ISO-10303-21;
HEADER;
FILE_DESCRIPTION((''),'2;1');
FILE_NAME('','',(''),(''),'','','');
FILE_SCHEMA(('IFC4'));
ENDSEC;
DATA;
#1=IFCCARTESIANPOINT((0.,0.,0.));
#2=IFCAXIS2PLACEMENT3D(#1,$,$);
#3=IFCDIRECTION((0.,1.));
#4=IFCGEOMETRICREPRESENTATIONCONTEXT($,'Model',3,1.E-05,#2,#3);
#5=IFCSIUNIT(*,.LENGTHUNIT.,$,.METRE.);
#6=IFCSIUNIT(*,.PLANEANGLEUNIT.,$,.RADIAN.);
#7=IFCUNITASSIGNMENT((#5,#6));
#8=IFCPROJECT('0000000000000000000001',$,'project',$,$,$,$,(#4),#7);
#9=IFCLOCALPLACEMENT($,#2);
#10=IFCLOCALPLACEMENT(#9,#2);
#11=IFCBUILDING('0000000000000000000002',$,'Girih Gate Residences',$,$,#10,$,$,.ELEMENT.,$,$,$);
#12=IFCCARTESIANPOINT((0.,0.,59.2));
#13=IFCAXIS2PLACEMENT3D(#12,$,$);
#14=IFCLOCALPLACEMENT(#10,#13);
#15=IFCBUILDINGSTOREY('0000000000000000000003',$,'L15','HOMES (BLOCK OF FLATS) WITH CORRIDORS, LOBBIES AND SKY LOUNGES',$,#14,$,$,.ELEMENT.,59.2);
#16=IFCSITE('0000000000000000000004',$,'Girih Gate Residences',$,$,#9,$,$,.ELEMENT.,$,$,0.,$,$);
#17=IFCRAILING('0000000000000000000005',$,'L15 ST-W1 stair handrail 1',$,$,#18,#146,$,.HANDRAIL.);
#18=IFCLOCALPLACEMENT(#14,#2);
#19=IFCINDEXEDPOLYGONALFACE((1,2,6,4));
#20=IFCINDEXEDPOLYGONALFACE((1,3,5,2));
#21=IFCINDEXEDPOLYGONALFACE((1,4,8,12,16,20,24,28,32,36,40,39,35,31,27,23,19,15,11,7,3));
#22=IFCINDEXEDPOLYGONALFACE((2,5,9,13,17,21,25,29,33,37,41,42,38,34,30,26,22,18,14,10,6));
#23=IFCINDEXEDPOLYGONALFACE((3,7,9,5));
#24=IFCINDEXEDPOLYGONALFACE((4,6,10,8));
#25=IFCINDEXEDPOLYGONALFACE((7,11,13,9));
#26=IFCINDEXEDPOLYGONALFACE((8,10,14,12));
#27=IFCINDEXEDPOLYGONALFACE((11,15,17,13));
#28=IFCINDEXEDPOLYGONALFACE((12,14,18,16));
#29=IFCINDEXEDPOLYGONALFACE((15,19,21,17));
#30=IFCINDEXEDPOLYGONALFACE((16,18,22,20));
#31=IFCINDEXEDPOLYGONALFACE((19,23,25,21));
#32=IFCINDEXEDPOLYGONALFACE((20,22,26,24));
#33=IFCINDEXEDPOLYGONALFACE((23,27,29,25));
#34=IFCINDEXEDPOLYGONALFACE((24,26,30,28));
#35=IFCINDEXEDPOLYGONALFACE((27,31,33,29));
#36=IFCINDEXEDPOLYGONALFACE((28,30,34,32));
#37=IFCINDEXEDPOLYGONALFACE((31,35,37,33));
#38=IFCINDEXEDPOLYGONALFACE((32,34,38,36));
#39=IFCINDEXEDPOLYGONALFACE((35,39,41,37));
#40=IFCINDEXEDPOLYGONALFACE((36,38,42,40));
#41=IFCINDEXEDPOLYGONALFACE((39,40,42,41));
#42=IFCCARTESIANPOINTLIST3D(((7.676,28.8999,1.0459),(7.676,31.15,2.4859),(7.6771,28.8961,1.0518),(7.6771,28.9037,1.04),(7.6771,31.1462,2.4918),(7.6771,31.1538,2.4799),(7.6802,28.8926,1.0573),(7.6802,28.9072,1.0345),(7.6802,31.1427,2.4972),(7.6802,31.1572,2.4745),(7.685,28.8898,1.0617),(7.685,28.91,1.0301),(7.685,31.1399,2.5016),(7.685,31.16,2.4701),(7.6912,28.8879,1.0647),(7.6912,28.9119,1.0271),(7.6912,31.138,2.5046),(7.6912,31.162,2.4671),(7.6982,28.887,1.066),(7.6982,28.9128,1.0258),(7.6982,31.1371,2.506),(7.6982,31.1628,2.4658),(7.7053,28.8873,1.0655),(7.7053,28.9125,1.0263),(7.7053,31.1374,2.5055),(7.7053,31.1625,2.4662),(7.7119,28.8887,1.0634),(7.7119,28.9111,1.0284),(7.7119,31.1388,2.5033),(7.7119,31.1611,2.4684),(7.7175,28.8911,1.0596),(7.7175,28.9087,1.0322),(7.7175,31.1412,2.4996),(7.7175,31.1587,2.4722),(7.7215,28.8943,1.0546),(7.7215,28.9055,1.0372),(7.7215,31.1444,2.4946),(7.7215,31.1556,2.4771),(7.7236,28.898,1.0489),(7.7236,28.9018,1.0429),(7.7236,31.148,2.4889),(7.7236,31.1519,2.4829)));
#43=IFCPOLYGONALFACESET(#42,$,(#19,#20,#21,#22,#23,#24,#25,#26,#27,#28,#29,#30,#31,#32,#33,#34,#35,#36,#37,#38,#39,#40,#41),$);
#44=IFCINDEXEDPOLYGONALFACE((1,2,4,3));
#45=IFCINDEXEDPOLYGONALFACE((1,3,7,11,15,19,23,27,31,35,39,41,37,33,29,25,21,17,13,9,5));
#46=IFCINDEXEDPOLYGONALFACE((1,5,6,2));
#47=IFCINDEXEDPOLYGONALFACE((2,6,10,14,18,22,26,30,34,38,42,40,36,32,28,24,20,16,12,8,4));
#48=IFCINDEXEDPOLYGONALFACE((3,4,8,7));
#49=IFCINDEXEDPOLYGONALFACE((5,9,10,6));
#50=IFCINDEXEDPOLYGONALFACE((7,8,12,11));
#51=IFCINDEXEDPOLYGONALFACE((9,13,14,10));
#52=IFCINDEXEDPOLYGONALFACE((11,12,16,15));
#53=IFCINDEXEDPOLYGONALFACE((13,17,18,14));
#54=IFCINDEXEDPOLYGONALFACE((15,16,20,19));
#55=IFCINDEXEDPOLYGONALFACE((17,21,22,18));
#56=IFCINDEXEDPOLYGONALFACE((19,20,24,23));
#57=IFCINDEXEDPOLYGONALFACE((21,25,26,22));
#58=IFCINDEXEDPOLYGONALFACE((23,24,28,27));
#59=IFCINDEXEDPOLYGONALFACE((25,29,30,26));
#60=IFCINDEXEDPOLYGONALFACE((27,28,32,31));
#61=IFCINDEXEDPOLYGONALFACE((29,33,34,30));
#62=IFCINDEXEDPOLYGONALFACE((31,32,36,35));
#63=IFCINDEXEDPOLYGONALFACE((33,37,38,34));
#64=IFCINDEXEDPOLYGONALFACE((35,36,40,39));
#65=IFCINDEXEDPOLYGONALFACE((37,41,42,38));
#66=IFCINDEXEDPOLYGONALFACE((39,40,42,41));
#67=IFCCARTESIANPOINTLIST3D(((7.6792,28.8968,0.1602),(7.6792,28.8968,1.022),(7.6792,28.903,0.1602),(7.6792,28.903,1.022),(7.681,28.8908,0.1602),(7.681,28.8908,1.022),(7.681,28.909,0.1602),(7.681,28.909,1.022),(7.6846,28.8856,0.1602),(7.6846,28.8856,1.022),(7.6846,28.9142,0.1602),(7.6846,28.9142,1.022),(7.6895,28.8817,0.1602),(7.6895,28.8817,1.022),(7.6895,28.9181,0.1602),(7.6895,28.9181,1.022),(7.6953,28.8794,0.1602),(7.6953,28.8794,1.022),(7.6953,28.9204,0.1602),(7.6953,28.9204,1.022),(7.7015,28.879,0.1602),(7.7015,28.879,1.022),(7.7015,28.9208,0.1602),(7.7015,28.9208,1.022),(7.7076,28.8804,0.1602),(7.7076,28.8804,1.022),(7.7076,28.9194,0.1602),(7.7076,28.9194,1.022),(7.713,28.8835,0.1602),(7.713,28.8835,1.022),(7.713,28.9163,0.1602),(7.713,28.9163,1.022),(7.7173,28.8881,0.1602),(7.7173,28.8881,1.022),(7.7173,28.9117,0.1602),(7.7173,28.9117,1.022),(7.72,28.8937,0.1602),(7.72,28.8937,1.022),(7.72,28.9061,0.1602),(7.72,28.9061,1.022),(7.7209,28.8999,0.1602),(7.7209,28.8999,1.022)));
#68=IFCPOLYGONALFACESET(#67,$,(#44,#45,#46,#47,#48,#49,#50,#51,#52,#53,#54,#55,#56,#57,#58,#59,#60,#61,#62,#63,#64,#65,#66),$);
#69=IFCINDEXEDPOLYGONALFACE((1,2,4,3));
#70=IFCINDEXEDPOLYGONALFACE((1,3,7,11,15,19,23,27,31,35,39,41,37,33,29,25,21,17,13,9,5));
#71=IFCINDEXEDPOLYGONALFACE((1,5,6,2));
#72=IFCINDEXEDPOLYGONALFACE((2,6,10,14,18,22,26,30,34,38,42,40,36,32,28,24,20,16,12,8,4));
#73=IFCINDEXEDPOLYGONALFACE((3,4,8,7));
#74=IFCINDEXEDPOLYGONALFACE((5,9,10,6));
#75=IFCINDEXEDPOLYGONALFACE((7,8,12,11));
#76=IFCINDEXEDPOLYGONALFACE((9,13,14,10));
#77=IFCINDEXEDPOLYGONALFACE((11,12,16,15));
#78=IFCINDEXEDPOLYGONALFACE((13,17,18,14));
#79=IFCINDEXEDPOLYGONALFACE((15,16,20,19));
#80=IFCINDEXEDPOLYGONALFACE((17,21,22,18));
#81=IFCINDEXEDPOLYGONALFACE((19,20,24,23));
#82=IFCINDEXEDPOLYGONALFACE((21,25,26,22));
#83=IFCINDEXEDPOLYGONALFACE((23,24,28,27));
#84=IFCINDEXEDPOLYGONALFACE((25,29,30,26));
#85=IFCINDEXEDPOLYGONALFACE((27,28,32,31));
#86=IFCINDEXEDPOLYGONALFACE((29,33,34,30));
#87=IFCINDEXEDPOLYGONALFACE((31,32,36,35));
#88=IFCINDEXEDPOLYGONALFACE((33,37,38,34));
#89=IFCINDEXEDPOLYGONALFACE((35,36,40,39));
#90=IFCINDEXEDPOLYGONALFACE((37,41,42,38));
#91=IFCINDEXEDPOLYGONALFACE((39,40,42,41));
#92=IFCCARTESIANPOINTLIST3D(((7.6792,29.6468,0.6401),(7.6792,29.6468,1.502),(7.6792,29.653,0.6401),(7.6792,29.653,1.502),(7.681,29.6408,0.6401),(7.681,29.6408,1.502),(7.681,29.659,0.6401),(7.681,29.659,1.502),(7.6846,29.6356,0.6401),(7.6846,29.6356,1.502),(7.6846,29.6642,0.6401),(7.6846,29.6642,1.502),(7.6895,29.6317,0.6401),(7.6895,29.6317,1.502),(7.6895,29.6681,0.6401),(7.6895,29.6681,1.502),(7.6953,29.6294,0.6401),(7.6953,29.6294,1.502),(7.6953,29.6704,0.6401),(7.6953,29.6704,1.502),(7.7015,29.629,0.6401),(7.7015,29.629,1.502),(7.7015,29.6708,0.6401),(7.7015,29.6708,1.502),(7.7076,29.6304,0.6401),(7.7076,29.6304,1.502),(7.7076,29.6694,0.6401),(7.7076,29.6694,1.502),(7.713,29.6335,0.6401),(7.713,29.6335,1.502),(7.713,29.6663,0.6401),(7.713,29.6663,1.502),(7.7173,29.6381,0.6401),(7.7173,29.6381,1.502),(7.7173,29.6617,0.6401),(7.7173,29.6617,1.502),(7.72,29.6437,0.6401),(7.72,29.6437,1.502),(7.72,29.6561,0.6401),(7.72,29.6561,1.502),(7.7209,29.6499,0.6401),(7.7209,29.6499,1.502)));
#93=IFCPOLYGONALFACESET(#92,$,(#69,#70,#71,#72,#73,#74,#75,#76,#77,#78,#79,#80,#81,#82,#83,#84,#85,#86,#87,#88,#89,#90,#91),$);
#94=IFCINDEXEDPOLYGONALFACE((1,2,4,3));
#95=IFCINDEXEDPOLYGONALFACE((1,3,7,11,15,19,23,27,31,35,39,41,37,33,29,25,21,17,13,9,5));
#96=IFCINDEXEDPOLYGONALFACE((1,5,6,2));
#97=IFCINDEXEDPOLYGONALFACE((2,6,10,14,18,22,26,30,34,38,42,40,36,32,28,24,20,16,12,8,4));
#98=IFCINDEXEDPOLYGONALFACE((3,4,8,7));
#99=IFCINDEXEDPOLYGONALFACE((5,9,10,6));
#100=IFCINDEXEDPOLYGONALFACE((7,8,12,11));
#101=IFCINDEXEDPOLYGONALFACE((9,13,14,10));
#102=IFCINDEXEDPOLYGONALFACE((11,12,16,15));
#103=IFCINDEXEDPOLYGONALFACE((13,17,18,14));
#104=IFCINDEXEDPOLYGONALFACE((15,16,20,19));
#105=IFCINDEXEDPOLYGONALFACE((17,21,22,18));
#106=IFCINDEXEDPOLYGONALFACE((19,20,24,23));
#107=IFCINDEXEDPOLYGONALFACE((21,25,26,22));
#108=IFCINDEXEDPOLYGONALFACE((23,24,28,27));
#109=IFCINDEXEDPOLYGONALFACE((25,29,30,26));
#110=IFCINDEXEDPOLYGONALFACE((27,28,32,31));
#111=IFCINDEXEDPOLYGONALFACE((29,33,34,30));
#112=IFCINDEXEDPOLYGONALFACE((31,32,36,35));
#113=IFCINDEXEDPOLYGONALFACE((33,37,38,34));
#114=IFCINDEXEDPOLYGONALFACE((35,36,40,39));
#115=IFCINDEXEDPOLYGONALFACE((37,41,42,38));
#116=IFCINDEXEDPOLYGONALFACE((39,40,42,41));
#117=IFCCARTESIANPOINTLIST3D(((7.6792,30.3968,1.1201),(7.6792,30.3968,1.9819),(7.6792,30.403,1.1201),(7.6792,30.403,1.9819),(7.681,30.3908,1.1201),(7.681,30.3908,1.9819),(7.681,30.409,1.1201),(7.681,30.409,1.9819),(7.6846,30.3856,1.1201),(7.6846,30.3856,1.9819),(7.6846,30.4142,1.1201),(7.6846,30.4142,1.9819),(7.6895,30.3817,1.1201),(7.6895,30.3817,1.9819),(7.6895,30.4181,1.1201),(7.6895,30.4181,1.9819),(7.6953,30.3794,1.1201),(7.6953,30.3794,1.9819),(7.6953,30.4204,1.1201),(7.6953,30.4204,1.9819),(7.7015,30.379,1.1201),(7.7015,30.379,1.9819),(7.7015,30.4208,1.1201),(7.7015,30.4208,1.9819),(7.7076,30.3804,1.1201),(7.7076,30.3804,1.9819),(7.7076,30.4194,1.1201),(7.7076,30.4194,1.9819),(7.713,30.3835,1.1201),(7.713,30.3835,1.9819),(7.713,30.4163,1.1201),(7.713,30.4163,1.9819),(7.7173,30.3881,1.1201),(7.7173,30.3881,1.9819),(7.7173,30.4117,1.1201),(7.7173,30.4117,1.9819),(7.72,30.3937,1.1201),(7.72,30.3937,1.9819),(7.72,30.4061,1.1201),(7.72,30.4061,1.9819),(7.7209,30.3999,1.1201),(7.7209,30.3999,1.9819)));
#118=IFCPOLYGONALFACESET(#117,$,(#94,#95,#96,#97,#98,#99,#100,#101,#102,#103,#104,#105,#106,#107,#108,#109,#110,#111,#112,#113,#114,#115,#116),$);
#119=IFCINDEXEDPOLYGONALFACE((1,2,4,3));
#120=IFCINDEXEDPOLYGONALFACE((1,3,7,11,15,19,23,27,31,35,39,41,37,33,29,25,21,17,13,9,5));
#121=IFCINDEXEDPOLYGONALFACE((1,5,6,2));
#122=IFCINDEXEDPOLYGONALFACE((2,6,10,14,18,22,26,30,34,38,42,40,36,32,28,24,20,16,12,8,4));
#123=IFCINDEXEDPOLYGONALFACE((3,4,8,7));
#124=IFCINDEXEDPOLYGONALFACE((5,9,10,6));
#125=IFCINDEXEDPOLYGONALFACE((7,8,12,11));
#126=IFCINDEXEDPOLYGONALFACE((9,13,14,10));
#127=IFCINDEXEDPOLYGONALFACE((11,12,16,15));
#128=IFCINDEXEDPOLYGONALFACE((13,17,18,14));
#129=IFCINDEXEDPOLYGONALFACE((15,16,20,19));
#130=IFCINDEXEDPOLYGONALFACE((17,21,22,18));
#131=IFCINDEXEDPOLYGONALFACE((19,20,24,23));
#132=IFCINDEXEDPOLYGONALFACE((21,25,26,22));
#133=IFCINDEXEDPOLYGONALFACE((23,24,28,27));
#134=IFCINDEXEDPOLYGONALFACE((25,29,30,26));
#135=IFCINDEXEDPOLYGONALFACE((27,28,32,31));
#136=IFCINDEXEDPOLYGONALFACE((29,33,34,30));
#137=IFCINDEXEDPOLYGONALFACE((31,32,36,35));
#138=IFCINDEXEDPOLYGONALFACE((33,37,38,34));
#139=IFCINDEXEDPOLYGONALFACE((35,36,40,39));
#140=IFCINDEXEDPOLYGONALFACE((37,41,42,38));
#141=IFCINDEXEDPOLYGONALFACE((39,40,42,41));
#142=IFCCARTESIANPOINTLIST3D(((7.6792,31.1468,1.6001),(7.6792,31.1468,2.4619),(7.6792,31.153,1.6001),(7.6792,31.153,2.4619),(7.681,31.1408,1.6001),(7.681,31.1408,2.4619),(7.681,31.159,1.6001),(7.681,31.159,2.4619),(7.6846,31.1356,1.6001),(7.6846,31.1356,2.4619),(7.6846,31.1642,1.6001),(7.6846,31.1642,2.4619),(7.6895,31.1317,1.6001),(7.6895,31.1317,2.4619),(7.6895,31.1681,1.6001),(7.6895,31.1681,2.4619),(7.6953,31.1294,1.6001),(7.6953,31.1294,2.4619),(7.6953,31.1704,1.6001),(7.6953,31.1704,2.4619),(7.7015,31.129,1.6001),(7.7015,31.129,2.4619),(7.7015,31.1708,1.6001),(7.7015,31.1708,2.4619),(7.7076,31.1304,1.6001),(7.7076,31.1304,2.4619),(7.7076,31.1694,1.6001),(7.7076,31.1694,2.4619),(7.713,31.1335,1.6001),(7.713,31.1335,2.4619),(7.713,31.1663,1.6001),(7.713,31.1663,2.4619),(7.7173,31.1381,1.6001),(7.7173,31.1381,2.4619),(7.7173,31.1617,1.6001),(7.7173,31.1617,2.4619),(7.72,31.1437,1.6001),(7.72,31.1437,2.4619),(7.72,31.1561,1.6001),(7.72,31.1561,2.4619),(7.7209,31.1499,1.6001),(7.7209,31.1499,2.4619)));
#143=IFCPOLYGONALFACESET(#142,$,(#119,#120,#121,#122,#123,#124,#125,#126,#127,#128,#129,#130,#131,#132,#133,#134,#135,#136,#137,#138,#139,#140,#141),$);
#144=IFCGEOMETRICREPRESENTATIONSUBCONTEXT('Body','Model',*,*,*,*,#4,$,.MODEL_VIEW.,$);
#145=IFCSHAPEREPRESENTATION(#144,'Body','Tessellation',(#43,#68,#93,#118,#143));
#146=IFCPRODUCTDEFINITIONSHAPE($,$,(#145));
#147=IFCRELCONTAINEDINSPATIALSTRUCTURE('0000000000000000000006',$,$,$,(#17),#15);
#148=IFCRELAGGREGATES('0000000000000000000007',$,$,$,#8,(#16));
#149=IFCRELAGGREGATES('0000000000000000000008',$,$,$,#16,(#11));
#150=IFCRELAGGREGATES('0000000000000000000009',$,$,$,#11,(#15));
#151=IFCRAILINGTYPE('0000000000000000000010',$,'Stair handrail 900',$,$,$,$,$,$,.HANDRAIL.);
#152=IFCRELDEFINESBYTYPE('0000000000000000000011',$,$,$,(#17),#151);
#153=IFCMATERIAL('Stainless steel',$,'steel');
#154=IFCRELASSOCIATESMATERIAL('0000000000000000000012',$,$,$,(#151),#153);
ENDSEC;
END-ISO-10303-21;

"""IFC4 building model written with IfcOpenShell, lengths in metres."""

from ifc_helpers import new_model, si_unit, direction, frame, origin, origin_2d, place, context, subcontext, project, spatial, circle, extrude, material, type_object, element, save


model = new_model("IFC4")

# Units and contexts
model_context = context("Model", 3, precision=1e-05, world=origin(), true_north=direction((0.0, 1.0)))
body_context = subcontext(model_context, "Body", "Model", "MODEL_VIEW")
ifc_project = project(units=[si_unit("LENGTHUNIT", "METRE"), si_unit("PLANEANGLEUNIT", "RADIAN")], contexts=[model_context])

# Site, building, storey
site_placement = place(None, origin())
site = spatial("IfcSite", under=ifc_project, at=site_placement, Name="Girih Gate Residences", CompositionType="ELEMENT", RefElevation=0.0)
building_placement = place(site_placement, origin())
building = spatial("IfcBuilding", under=site, at=building_placement, Name="Girih Gate Residences", CompositionType="ELEMENT")
storey_placement = place(building_placement, frame((0.0, 0.0, 59.2)))
storey = spatial("IfcBuildingStorey", under=building, at=storey_placement, Name="L15", Description="HOMES (BLOCK OF FLATS) WITH CORRIDORS, LOBBIES AND SKY LOUNGES", CompositionType="ELEMENT", Elevation=59.2)

# Railing
ifc_material_1 = material(Name="Stainless steel", Category="steel")
railing_type_1 = type_object("IfcRailingType", Name="Stair handrail 900", PredefinedType="HANDRAIL", material=ifc_material_1)
railing_1_placement = place(storey_placement, frame((7.7, 28.8999, 0.1602)))
element("IfcRailing", 1, at=railing_1_placement, inside=storey, type_object=railing_type_1, Name="L15 ST-W1 stair handrail 1", PredefinedType="HANDRAIL", context=body_context, shape_type="SweptSolid", body=[
    extrude(circle(Radius=0.0239, at=origin_2d()), frame((0.0, 0.0, 0.8857), z_axis=(0.0, 0.842281, 0.539038), x_axis=(-1.0, 0.0, 0.0)), (0.0, 0.0, 1.0), 2.6714),
    extrude(circle(Radius=0.021, at=origin_2d()), origin(), (0.0, 0.0, 1.0), 0.8618),
    extrude(circle(Radius=0.021, at=origin_2d()), frame((0.0, 0.75, 0.48)), (0.0, 0.0, 1.0), 0.8618),
    extrude(circle(Radius=0.021, at=origin_2d()), frame((0.0, 1.5, 0.96)), (0.0, 0.0, 1.0), 0.8618),
    extrude(circle(Radius=0.021, at=origin_2d()), frame((0.0, 2.25, 1.4399)), (0.0, 0.0, 1.0), 0.8618),
])

save(model, "model.ifc")
